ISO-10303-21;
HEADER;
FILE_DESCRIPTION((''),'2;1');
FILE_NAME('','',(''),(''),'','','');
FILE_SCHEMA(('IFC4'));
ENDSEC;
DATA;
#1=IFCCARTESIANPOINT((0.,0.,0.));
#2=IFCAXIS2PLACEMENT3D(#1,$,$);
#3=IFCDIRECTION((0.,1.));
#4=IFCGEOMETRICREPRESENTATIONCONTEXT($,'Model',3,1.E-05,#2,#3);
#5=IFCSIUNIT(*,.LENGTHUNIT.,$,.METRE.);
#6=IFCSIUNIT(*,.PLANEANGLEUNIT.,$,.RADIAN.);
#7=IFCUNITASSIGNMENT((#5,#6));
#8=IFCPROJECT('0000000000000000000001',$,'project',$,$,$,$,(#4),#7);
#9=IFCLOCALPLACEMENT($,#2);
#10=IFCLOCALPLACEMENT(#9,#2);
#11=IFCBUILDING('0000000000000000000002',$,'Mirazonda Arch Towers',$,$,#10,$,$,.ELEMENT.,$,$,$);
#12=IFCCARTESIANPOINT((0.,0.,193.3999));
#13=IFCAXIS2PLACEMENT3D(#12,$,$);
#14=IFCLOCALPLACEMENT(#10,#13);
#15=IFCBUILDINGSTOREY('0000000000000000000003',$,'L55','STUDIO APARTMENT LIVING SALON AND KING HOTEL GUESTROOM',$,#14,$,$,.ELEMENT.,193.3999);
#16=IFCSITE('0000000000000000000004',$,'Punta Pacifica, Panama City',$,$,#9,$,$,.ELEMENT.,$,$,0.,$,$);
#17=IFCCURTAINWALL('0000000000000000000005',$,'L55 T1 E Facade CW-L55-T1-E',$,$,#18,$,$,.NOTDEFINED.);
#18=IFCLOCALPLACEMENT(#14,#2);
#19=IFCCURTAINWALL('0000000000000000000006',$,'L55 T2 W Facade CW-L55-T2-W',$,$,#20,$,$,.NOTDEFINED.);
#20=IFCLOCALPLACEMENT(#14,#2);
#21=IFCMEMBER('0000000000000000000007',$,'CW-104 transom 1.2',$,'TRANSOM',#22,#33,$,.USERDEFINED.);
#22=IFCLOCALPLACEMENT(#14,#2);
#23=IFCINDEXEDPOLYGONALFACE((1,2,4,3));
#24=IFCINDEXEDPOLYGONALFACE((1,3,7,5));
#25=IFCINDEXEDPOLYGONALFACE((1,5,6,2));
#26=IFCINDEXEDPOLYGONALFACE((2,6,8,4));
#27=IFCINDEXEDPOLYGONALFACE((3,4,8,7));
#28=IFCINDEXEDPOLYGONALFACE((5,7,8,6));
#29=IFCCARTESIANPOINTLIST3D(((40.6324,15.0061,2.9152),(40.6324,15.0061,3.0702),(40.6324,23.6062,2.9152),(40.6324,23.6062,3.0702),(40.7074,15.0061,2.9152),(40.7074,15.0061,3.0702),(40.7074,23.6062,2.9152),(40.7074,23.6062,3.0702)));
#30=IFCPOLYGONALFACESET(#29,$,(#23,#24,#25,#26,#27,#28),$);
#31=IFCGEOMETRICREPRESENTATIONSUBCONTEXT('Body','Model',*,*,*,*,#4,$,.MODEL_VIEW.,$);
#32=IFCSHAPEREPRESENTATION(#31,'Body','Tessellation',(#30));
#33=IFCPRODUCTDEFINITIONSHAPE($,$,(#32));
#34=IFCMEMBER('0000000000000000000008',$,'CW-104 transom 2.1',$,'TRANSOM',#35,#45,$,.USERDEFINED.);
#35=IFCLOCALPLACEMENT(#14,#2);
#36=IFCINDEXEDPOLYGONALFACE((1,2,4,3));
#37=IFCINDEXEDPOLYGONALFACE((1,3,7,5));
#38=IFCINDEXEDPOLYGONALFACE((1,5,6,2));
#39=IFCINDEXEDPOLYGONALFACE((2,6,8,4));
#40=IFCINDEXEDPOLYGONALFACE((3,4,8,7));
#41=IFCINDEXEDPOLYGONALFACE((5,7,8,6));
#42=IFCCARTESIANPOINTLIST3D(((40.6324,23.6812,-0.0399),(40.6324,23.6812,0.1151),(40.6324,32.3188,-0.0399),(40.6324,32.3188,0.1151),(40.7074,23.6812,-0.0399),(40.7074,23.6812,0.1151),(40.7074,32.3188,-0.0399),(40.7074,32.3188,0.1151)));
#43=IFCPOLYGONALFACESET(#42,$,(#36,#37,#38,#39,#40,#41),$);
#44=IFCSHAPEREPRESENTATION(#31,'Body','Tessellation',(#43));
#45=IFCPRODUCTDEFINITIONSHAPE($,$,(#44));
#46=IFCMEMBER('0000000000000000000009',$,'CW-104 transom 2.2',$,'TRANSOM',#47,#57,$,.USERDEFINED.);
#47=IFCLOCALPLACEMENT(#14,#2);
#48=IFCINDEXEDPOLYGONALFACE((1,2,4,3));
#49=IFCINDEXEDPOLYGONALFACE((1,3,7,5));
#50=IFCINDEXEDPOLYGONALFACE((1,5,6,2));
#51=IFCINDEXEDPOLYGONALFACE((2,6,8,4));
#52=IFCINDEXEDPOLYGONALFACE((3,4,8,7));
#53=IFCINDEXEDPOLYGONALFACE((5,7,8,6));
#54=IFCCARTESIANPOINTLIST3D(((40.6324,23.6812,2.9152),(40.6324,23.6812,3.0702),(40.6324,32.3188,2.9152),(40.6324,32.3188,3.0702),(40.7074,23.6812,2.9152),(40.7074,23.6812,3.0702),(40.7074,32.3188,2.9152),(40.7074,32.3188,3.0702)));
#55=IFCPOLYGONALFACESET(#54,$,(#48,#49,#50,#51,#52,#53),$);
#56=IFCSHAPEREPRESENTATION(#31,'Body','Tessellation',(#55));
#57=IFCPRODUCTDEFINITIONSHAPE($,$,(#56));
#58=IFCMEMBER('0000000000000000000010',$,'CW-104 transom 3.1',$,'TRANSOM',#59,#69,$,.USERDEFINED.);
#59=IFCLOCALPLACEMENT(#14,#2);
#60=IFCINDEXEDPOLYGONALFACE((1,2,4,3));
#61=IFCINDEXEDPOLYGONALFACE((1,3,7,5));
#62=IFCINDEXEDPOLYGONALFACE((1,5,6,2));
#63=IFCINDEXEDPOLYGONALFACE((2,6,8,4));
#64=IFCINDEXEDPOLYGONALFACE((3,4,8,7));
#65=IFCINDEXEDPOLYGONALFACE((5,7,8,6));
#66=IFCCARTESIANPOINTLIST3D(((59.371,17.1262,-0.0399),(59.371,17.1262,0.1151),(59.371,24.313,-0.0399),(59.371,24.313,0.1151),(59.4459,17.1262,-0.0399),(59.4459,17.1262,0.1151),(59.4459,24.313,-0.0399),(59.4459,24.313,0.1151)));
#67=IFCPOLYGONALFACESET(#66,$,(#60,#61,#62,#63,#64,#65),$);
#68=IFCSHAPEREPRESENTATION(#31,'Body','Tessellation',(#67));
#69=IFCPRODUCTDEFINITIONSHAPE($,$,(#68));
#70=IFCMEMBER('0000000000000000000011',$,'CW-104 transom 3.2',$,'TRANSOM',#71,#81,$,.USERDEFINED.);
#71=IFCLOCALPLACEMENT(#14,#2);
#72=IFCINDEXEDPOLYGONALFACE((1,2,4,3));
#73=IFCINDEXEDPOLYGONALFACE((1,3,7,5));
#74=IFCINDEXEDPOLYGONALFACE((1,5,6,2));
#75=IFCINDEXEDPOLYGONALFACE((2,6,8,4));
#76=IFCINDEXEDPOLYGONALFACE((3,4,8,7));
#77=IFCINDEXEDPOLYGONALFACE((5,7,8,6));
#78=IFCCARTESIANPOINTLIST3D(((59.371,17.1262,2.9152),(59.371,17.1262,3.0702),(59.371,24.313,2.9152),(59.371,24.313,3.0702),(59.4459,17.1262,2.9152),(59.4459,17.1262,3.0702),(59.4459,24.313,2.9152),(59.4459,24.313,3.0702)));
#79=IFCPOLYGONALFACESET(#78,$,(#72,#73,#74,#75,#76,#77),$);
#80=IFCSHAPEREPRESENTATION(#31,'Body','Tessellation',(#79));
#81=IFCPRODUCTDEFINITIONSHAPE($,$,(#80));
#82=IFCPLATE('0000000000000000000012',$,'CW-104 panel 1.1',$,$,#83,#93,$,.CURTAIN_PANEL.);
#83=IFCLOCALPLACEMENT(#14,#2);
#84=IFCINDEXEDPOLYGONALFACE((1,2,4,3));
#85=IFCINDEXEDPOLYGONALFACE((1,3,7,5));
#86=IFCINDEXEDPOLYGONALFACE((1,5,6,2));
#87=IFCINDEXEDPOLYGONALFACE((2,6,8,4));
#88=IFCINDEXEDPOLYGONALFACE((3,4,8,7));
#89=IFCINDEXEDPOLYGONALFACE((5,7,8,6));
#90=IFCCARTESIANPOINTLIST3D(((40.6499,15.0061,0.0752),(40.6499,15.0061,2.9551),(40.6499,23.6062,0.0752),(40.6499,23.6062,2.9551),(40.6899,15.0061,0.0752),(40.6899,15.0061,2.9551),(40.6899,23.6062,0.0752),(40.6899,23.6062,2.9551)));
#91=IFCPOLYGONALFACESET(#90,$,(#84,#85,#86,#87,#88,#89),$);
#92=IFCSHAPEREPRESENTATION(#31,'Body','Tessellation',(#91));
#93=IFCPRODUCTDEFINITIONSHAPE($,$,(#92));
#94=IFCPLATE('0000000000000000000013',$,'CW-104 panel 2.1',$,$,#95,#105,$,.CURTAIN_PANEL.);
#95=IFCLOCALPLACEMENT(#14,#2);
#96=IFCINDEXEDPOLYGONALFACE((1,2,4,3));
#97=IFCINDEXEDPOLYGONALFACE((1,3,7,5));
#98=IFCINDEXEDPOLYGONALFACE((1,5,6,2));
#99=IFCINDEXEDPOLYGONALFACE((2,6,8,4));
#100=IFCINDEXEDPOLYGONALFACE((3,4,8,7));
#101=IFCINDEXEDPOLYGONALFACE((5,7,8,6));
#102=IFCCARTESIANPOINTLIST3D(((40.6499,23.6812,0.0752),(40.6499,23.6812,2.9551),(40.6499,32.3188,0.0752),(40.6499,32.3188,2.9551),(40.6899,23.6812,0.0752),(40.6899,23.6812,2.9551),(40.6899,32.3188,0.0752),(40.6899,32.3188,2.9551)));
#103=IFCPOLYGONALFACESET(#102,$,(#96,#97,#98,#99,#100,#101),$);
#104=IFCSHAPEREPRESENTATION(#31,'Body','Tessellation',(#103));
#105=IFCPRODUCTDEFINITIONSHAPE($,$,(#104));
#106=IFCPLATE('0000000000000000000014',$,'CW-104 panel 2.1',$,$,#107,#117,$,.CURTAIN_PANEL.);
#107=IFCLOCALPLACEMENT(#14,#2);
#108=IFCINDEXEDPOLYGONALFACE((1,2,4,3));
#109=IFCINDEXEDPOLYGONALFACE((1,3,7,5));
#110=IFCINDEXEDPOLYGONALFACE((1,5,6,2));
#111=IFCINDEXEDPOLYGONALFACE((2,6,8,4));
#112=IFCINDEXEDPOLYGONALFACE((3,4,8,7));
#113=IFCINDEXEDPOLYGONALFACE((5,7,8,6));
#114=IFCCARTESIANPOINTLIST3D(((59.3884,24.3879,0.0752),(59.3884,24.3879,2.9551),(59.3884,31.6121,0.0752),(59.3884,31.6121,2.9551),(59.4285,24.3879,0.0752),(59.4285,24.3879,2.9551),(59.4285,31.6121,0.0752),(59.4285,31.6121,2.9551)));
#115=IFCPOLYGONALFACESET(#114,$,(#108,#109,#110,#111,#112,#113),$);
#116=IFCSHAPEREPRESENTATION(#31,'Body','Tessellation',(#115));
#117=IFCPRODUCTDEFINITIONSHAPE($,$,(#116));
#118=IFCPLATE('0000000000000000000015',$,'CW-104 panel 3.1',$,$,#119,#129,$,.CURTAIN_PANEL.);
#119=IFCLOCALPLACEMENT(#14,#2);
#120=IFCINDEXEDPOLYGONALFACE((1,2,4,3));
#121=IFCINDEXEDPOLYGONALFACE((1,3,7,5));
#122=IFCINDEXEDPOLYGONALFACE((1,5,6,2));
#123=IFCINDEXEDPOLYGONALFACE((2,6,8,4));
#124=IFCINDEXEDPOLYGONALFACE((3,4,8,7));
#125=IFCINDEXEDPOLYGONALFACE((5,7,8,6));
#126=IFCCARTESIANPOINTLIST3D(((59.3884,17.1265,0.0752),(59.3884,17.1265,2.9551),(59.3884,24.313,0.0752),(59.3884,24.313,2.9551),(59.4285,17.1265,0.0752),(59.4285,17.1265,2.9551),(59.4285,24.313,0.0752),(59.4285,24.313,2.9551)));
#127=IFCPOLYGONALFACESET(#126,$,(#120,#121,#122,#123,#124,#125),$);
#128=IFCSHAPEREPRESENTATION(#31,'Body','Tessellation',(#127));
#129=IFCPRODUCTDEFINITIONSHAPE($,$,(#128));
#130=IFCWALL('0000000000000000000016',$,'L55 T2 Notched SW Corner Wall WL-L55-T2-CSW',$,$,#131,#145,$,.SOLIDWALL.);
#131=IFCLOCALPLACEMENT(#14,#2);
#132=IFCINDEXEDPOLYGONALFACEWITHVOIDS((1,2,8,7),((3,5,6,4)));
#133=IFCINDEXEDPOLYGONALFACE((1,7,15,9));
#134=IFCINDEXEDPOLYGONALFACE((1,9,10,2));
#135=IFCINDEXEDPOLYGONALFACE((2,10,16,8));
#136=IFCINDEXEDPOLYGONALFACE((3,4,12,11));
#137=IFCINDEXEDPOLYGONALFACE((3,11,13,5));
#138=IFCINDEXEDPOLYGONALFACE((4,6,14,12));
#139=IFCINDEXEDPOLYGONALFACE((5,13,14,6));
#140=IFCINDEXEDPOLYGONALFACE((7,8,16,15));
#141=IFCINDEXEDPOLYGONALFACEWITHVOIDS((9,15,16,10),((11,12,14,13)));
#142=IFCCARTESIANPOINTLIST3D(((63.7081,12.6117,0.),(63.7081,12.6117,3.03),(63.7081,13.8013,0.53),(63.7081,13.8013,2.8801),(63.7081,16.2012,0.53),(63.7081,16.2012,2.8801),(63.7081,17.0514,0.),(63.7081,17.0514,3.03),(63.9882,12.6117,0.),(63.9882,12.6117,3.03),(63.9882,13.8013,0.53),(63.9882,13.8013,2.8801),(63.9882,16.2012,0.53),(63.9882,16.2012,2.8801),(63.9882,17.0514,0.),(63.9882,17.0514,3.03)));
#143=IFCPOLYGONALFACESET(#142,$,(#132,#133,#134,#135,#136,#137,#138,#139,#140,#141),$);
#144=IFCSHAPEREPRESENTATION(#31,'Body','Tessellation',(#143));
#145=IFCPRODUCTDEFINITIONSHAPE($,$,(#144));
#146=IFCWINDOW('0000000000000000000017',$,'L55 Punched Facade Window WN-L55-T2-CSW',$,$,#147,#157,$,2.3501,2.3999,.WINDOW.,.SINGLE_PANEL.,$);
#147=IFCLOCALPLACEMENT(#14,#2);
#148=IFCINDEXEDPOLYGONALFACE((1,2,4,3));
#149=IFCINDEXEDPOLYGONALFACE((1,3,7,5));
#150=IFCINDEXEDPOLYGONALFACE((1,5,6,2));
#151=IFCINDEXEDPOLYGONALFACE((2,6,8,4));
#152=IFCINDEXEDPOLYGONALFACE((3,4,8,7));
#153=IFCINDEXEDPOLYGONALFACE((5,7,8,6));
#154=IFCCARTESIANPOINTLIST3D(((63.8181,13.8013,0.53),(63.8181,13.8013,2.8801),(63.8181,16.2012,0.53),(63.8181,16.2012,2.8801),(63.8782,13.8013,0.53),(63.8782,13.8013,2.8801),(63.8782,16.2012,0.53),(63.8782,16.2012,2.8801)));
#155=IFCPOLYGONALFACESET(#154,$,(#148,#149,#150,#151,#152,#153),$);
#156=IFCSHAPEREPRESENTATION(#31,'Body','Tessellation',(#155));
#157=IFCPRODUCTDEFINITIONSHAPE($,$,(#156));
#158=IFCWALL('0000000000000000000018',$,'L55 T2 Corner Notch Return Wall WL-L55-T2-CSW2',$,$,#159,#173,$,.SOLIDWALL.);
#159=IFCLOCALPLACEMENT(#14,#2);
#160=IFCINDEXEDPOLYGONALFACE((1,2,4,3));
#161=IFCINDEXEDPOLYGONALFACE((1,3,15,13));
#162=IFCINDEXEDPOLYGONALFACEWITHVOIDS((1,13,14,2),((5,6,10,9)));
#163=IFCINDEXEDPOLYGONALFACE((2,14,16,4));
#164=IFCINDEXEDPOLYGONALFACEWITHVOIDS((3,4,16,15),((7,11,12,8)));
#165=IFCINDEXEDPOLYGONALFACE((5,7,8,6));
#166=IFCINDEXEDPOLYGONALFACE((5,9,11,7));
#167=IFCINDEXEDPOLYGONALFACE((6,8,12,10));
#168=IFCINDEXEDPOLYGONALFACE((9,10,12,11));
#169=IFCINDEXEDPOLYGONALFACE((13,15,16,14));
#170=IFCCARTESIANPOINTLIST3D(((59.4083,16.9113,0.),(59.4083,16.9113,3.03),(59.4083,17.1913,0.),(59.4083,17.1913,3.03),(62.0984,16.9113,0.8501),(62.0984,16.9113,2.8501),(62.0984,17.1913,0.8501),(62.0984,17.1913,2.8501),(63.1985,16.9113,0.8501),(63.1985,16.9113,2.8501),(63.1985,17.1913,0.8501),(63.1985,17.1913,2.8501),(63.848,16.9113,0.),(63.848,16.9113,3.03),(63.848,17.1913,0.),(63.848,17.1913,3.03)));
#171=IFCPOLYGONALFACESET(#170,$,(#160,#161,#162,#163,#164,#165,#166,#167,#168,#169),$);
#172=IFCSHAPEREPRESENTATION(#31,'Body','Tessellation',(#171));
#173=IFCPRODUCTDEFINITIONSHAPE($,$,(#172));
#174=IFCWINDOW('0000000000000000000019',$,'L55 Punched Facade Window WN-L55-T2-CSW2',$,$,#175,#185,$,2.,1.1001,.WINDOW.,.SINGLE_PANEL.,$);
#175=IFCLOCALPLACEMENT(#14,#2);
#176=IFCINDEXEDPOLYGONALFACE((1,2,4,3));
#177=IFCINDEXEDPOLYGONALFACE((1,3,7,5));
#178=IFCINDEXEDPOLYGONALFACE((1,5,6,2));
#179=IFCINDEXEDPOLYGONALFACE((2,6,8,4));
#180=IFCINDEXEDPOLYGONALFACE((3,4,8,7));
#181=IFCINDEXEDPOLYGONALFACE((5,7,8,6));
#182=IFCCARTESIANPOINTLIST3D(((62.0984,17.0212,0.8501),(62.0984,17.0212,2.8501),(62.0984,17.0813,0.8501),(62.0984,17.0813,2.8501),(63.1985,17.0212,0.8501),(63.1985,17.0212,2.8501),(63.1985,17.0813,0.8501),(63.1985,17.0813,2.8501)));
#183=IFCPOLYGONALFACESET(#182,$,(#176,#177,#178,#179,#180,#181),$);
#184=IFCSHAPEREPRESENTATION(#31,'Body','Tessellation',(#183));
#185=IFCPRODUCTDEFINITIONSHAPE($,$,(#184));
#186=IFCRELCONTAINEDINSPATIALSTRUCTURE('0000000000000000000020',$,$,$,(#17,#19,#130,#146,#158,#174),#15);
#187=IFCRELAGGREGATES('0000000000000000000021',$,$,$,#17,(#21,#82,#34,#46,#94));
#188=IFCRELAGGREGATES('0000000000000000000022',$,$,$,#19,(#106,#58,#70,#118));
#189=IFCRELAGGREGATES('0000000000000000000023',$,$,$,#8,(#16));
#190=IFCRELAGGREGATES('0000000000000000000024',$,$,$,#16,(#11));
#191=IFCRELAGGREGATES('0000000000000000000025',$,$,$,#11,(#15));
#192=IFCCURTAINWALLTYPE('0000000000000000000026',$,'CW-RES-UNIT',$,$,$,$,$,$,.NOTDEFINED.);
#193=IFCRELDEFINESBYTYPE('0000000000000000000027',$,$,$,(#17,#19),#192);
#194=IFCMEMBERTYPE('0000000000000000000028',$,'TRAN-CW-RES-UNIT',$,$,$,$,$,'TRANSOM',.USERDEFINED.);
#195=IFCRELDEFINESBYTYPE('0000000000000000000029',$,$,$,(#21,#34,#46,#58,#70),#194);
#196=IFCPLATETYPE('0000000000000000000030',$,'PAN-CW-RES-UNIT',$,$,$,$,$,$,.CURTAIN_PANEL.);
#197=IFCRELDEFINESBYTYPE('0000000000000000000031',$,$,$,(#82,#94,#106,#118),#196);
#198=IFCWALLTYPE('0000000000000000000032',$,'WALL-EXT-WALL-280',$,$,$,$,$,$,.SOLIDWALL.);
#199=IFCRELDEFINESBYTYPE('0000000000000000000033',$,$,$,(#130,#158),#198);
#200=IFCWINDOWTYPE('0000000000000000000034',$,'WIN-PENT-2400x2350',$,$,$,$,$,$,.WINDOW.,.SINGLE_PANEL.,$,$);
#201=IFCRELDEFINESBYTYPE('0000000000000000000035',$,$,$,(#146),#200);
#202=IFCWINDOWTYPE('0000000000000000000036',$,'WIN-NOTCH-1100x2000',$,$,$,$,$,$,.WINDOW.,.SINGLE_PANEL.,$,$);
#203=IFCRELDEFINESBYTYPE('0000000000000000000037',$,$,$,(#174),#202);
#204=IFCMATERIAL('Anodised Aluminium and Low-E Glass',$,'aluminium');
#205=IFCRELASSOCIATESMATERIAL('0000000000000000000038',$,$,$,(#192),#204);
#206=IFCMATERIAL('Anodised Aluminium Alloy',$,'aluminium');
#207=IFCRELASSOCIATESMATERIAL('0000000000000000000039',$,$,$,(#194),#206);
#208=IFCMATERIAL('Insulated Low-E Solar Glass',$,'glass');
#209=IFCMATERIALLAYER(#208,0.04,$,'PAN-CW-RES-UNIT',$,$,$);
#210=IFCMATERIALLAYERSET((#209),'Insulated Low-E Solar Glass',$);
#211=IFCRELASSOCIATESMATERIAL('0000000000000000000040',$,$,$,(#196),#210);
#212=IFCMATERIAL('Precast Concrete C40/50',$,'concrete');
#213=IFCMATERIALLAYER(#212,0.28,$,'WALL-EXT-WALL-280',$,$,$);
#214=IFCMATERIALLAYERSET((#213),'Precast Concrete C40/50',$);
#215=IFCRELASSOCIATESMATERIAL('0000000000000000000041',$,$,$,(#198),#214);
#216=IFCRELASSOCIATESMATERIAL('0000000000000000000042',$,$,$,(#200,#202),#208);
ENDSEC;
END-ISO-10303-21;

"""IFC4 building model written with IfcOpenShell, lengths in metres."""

from ifc_helpers import new_model, si_unit, direction, frame, frame_2d, origin, origin_2d, place, context, subcontext, project, spatial, rectangle, extrude, material, layer, layer_set, material_profile, profile_set, type_object, element, fill, aggregate, save


model = new_model("IFC4")

# Units and contexts
model_context = context("Model", 3, precision=1e-05, world=origin(), true_north=direction((0.0, 1.0)))
body_context = subcontext(model_context, "Body", "Model", "MODEL_VIEW")
ifc_project = project(units=[si_unit("LENGTHUNIT", "METRE"), si_unit("PLANEANGLEUNIT", "RADIAN")], contexts=[model_context])

# Site, building, storey
site_placement = place(None, origin())
site = spatial("IfcSite", under=ifc_project, at=site_placement, Name="Punta Pacifica, Panama City", CompositionType="ELEMENT", RefElevation=0.0)
building_placement = place(site_placement, origin())
building = spatial("IfcBuilding", under=site, at=building_placement, Name="Mirazonda Arch Towers", CompositionType="ELEMENT")
storey_placement = place(building_placement, frame((0.0, 0.0, 193.3999)))
storey = spatial("IfcBuildingStorey", under=building, at=storey_placement, Name="L55", Description="STUDIO APARTMENT LIVING SALON AND KING HOTEL GUESTROOM", CompositionType="ELEMENT", Elevation=193.3999)

# Curtain wall
ifc_material_1 = material(Name="Anodised Aluminium and Low-E Glass", Category="aluminium")
curtain_wall_type = type_object("IfcCurtainWallType", Name="CW-RES-UNIT", PredefinedType="NOTDEFINED", material=ifc_material_1)
curtain_wall_1_placement = place(storey_placement, origin())
curtain_wall_1 = element("IfcCurtainWall", 1, at=curtain_wall_1_placement, inside=storey, type_object=curtain_wall_type, Name="L55 T1 E Facade CW-L55-T1-E", PredefinedType="NOTDEFINED")
ifc_material_2 = material(Name="Anodised Aluminium Alloy", Category="aluminium")

# Curtain wall
curtain_wall_2_placement = place(storey_placement, origin())
curtain_wall_2 = element("IfcCurtainWall", 2, at=curtain_wall_2_placement, inside=storey, type_object=curtain_wall_type, Name="L55 T2 W Facade CW-L55-T2-W", PredefinedType="NOTDEFINED")

# Members
ifc_material_profile_1 = material_profile(ifc_material_2, rectangle(XDim=0.075, YDim=0.155, at=origin_2d()), Name="ALU-TRAN-75x155")
ifc_profile_set_1 = profile_set([ifc_material_profile_1], Name="Anodised Aluminium Alloy")
member_type_1 = type_object("IfcMemberType", Name="TRAN-CW-RES-UNIT", ElementType="TRANSOM", PredefinedType="USERDEFINED", material=ifc_profile_set_1)
member_1_placement = place(storey_placement, frame((40.6699, 15.0061, 2.9927), z_axis=(0.0, 1.0, 0.0), x_axis=(-1.0, 0.0, 0.0)))
member_1 = element("IfcMember", 3, at=member_1_placement, type_object=member_type_1, Name="CW-104 transom 1.2", ObjectType="TRANSOM", PredefinedType="USERDEFINED", context=body_context, shape_type="SweptSolid", body=[
    extrude(rectangle(XDim=0.075, YDim=0.155, at=origin_2d()), origin(), (0.0, 0.0, 1.0), 8.6001),
])
member_2_placement = place(storey_placement, frame((40.6699, 23.6812, 0.0376), z_axis=(0.0, 1.0, 0.0), x_axis=(-1.0, 0.0, 0.0)))
member_2 = element("IfcMember", 4, at=member_2_placement, type_object=member_type_1, Name="CW-104 transom 2.1", ObjectType="TRANSOM", PredefinedType="USERDEFINED", context=body_context, shape_type="SweptSolid", body=[
    extrude(rectangle(XDim=0.075, YDim=0.155, at=origin_2d()), origin(), (0.0, 0.0, 1.0), 8.6377),
])
member_3_placement = place(storey_placement, frame((40.6699, 23.6812, 2.9927), z_axis=(0.0, 1.0, 0.0), x_axis=(-1.0, 0.0, 0.0)))
member_3 = element("IfcMember", 5, at=member_3_placement, type_object=member_type_1, Name="CW-104 transom 2.2", ObjectType="TRANSOM", PredefinedType="USERDEFINED", context=body_context, shape_type="SweptSolid", body=[
    extrude(rectangle(XDim=0.075, YDim=0.155, at=origin_2d()), origin(), (0.0, 0.0, 1.0), 8.6377),
])
member_4_placement = place(storey_placement, frame((59.4084, 24.313, 0.0376), z_axis=(0.0, -1.0, 0.0), x_axis=(1.0, 0.0, 0.0)))
member_4 = element("IfcMember", 6, at=member_4_placement, type_object=member_type_1, Name="CW-104 transom 3.1", ObjectType="TRANSOM", PredefinedType="USERDEFINED", context=body_context, shape_type="SweptSolid", body=[
    extrude(rectangle(XDim=0.075, YDim=0.155, at=origin_2d()), origin(), (0.0, 0.0, 1.0), 7.1868),
])
member_5_placement = place(storey_placement, frame((59.4084, 24.313, 2.9927), z_axis=(0.0, -1.0, 0.0), x_axis=(1.0, 0.0, 0.0)))
member_5 = element("IfcMember", 7, at=member_5_placement, type_object=member_type_1, Name="CW-104 transom 3.2", ObjectType="TRANSOM", PredefinedType="USERDEFINED", context=body_context, shape_type="SweptSolid", body=[
    extrude(rectangle(XDim=0.075, YDim=0.155, at=origin_2d()), origin(), (0.0, 0.0, 1.0), 7.1868),
])

# Plates
ifc_material_3 = material(Name="Insulated Low-E Solar Glass", Category="glass")
ifc_layer_1 = layer(ifc_material_3, 0.04, Name="PAN-CW-RES-UNIT")
ifc_layer_set_1 = layer_set([ifc_layer_1], Name="Insulated Low-E Solar Glass")
plate_type = type_object("IfcPlateType", Name="PAN-CW-RES-UNIT", PredefinedType="CURTAIN_PANEL", material=ifc_layer_set_1)
plate_1_placement = place(storey_placement, frame((40.6699, 19.3062, 0.0752), z_axis=(0.0, 0.0, 1.0), x_axis=(0.0, 1.0, 0.0)))
plate_1 = element("IfcPlate", 8, at=plate_1_placement, type_object=plate_type, Name="CW-104 panel 1.1", PredefinedType="CURTAIN_PANEL", context=body_context, shape_type="SweptSolid", body=[
    extrude(rectangle(XDim=8.6001, YDim=0.04, at=origin_2d()), origin(), (0.0, 0.0, 1.0), 2.8799),
])
plate_2_placement = place(storey_placement, frame((40.6699, 28.0, 0.0752), z_axis=(0.0, 0.0, 1.0), x_axis=(0.0, 1.0, 0.0)))
plate_2 = element("IfcPlate", 9, at=plate_2_placement, type_object=plate_type, Name="CW-104 panel 2.1", PredefinedType="CURTAIN_PANEL", context=body_context, shape_type="SweptSolid", body=[
    extrude(rectangle(XDim=8.6377, YDim=0.04, at=origin_2d()), origin(), (0.0, 0.0, 1.0), 2.8799),
])
aggregate(curtain_wall_1, [member_1, plate_1, member_2, member_3, plate_2])
plate_3_placement = place(storey_placement, frame((59.4084, 28.0, 0.0752), z_axis=(0.0, 0.0, 1.0), x_axis=(0.0, -1.0, 0.0)))
plate_3 = element("IfcPlate", 10, at=plate_3_placement, type_object=plate_type, Name="CW-104 panel 2.1", PredefinedType="CURTAIN_PANEL", context=body_context, shape_type="SweptSolid", body=[
    extrude(rectangle(XDim=7.2241, YDim=0.04, at=origin_2d()), origin(), (0.0, 0.0, 1.0), 2.8799),
])
plate_4_placement = place(storey_placement, frame((59.4084, 20.7197, 0.0752), z_axis=(0.0, 0.0, 1.0), x_axis=(0.0, -1.0, 0.0)))
plate_4 = element("IfcPlate", 11, at=plate_4_placement, type_object=plate_type, Name="CW-104 panel 3.1", PredefinedType="CURTAIN_PANEL", context=body_context, shape_type="SweptSolid", body=[
    extrude(rectangle(XDim=7.1865, YDim=0.04, at=origin_2d()), origin(), (0.0, 0.0, 1.0), 2.8799),
])
aggregate(curtain_wall_2, [plate_3, member_4, member_5, plate_4])

# Walls, openings, windows
ifc_material_4 = material(Name="Precast Concrete C40/50", Category="concrete")
ifc_layer_2 = layer(ifc_material_4, 0.28, Name="WALL-EXT-WALL-280")
ifc_layer_set_2 = layer_set([ifc_layer_2], Name="Precast Concrete C40/50")
wall_type_1 = type_object("IfcWallType", Name="WALL-EXT-WALL-280", PredefinedType="SOLIDWALL", material=ifc_layer_set_2)
wall_1_placement = place(storey_placement, frame((63.8481, 17.0513, 0.0), z_axis=(0.0, 0.0, 1.0), x_axis=(0.0, -1.0, 0.0)))
wall_1 = element("IfcWall", 12, at=wall_1_placement, inside=storey, type_object=wall_type_1, Name="L55 T2 Notched SW Corner Wall WL-L55-T2-CSW", PredefinedType="SOLIDWALL", context=body_context, shape_type="SweptSolid", body=[
    extrude(rectangle(XDim=4.4397, YDim=0.28, at=frame_2d((2.2197, 0.0))), origin(), (0.0, 0.0, 1.0), 3.03),
])
opening_1_placement = place(wall_1_placement, frame((0.8501, 0.0, 0.53)))
opening_1 = element("IfcOpeningElement", 13, at=opening_1_placement, cuts=wall_1, PredefinedType="OPENING", context=body_context, shape_type="SweptSolid", body=[
    extrude(rectangle(XDim=2.3999, YDim=2.3501, at=frame_2d((1.2, 1.175))), frame((0.0, 0.1499, 0.0), z_axis=(0.0, -1.0, 0.0), x_axis=(1.0, 0.0, 0.0)), (0.0, 0.0, 1.0), 0.3),
])
window_type_1 = type_object("IfcWindowType", Name="WIN-PENT-2400x2350", PartitioningType="SINGLE_PANEL", PredefinedType="WINDOW", material=ifc_material_3)
window_1_placement = place(opening_1_placement, origin())
window_1 = element("IfcWindow", 14, at=window_1_placement, inside=storey, type_object=window_type_1, Name="L55 Punched Facade Window WN-L55-T2-CSW", OverallHeight=2.3501, OverallWidth=2.3999, PartitioningType="SINGLE_PANEL", PredefinedType="WINDOW", context=body_context, shape_type="SweptSolid", body=[
    extrude(rectangle(XDim=2.3999, YDim=2.3501, at=frame_2d((1.2, 1.175))), frame((0.0, 0.03, 0.0), z_axis=(0.0, -1.0, 0.0), x_axis=(1.0, 0.0, 0.0)), (0.0, 0.0, 1.0), 0.0601),
])
fill(opening_1, window_1)
wall_2_placement = place(storey_placement, frame((59.4084, 17.0513, 0.0), z_axis=(0.0, 0.0, 1.0), x_axis=(1.0, 0.0, 0.0)))
wall_2 = element("IfcWall", 15, at=wall_2_placement, inside=storey, type_object=wall_type_1, Name="L55 T2 Corner Notch Return Wall WL-L55-T2-CSW2", PredefinedType="SOLIDWALL", context=body_context, shape_type="SweptSolid", body=[
    extrude(rectangle(XDim=4.4397, YDim=0.28, at=frame_2d((2.2197, 0.0))), origin(), (0.0, 0.0, 1.0), 3.03),
])
opening_2_placement = place(wall_2_placement, frame((2.6899, 0.0, 0.8501)))
opening_2 = element("IfcOpeningElement", 16, at=opening_2_placement, cuts=wall_2, PredefinedType="OPENING", context=body_context, shape_type="SweptSolid", body=[
    extrude(rectangle(XDim=1.1001, YDim=2.0, at=frame_2d((0.55, 1.0))), frame((0.0, 0.1499, 0.0), z_axis=(0.0, -1.0, 0.0), x_axis=(1.0, 0.0, 0.0)), (0.0, 0.0, 1.0), 0.3),
])
window_type_2 = type_object("IfcWindowType", Name="WIN-NOTCH-1100x2000", PartitioningType="SINGLE_PANEL", PredefinedType="WINDOW", material=ifc_material_3)
window_2_placement = place(opening_2_placement, origin())
window_2 = element("IfcWindow", 17, at=window_2_placement, inside=storey, type_object=window_type_2, Name="L55 Punched Facade Window WN-L55-T2-CSW2", OverallHeight=2.0, OverallWidth=1.1001, PartitioningType="SINGLE_PANEL", PredefinedType="WINDOW", context=body_context, shape_type="SweptSolid", body=[
    extrude(rectangle(XDim=1.1001, YDim=2.0, at=frame_2d((0.55, 1.0))), frame((0.0, 0.03, 0.0), z_axis=(0.0, -1.0, 0.0), x_axis=(1.0, 0.0, 0.0)), (0.0, 0.0, 1.0), 0.0601),
])
fill(opening_2, window_2)

save(model, "model.ifc")
